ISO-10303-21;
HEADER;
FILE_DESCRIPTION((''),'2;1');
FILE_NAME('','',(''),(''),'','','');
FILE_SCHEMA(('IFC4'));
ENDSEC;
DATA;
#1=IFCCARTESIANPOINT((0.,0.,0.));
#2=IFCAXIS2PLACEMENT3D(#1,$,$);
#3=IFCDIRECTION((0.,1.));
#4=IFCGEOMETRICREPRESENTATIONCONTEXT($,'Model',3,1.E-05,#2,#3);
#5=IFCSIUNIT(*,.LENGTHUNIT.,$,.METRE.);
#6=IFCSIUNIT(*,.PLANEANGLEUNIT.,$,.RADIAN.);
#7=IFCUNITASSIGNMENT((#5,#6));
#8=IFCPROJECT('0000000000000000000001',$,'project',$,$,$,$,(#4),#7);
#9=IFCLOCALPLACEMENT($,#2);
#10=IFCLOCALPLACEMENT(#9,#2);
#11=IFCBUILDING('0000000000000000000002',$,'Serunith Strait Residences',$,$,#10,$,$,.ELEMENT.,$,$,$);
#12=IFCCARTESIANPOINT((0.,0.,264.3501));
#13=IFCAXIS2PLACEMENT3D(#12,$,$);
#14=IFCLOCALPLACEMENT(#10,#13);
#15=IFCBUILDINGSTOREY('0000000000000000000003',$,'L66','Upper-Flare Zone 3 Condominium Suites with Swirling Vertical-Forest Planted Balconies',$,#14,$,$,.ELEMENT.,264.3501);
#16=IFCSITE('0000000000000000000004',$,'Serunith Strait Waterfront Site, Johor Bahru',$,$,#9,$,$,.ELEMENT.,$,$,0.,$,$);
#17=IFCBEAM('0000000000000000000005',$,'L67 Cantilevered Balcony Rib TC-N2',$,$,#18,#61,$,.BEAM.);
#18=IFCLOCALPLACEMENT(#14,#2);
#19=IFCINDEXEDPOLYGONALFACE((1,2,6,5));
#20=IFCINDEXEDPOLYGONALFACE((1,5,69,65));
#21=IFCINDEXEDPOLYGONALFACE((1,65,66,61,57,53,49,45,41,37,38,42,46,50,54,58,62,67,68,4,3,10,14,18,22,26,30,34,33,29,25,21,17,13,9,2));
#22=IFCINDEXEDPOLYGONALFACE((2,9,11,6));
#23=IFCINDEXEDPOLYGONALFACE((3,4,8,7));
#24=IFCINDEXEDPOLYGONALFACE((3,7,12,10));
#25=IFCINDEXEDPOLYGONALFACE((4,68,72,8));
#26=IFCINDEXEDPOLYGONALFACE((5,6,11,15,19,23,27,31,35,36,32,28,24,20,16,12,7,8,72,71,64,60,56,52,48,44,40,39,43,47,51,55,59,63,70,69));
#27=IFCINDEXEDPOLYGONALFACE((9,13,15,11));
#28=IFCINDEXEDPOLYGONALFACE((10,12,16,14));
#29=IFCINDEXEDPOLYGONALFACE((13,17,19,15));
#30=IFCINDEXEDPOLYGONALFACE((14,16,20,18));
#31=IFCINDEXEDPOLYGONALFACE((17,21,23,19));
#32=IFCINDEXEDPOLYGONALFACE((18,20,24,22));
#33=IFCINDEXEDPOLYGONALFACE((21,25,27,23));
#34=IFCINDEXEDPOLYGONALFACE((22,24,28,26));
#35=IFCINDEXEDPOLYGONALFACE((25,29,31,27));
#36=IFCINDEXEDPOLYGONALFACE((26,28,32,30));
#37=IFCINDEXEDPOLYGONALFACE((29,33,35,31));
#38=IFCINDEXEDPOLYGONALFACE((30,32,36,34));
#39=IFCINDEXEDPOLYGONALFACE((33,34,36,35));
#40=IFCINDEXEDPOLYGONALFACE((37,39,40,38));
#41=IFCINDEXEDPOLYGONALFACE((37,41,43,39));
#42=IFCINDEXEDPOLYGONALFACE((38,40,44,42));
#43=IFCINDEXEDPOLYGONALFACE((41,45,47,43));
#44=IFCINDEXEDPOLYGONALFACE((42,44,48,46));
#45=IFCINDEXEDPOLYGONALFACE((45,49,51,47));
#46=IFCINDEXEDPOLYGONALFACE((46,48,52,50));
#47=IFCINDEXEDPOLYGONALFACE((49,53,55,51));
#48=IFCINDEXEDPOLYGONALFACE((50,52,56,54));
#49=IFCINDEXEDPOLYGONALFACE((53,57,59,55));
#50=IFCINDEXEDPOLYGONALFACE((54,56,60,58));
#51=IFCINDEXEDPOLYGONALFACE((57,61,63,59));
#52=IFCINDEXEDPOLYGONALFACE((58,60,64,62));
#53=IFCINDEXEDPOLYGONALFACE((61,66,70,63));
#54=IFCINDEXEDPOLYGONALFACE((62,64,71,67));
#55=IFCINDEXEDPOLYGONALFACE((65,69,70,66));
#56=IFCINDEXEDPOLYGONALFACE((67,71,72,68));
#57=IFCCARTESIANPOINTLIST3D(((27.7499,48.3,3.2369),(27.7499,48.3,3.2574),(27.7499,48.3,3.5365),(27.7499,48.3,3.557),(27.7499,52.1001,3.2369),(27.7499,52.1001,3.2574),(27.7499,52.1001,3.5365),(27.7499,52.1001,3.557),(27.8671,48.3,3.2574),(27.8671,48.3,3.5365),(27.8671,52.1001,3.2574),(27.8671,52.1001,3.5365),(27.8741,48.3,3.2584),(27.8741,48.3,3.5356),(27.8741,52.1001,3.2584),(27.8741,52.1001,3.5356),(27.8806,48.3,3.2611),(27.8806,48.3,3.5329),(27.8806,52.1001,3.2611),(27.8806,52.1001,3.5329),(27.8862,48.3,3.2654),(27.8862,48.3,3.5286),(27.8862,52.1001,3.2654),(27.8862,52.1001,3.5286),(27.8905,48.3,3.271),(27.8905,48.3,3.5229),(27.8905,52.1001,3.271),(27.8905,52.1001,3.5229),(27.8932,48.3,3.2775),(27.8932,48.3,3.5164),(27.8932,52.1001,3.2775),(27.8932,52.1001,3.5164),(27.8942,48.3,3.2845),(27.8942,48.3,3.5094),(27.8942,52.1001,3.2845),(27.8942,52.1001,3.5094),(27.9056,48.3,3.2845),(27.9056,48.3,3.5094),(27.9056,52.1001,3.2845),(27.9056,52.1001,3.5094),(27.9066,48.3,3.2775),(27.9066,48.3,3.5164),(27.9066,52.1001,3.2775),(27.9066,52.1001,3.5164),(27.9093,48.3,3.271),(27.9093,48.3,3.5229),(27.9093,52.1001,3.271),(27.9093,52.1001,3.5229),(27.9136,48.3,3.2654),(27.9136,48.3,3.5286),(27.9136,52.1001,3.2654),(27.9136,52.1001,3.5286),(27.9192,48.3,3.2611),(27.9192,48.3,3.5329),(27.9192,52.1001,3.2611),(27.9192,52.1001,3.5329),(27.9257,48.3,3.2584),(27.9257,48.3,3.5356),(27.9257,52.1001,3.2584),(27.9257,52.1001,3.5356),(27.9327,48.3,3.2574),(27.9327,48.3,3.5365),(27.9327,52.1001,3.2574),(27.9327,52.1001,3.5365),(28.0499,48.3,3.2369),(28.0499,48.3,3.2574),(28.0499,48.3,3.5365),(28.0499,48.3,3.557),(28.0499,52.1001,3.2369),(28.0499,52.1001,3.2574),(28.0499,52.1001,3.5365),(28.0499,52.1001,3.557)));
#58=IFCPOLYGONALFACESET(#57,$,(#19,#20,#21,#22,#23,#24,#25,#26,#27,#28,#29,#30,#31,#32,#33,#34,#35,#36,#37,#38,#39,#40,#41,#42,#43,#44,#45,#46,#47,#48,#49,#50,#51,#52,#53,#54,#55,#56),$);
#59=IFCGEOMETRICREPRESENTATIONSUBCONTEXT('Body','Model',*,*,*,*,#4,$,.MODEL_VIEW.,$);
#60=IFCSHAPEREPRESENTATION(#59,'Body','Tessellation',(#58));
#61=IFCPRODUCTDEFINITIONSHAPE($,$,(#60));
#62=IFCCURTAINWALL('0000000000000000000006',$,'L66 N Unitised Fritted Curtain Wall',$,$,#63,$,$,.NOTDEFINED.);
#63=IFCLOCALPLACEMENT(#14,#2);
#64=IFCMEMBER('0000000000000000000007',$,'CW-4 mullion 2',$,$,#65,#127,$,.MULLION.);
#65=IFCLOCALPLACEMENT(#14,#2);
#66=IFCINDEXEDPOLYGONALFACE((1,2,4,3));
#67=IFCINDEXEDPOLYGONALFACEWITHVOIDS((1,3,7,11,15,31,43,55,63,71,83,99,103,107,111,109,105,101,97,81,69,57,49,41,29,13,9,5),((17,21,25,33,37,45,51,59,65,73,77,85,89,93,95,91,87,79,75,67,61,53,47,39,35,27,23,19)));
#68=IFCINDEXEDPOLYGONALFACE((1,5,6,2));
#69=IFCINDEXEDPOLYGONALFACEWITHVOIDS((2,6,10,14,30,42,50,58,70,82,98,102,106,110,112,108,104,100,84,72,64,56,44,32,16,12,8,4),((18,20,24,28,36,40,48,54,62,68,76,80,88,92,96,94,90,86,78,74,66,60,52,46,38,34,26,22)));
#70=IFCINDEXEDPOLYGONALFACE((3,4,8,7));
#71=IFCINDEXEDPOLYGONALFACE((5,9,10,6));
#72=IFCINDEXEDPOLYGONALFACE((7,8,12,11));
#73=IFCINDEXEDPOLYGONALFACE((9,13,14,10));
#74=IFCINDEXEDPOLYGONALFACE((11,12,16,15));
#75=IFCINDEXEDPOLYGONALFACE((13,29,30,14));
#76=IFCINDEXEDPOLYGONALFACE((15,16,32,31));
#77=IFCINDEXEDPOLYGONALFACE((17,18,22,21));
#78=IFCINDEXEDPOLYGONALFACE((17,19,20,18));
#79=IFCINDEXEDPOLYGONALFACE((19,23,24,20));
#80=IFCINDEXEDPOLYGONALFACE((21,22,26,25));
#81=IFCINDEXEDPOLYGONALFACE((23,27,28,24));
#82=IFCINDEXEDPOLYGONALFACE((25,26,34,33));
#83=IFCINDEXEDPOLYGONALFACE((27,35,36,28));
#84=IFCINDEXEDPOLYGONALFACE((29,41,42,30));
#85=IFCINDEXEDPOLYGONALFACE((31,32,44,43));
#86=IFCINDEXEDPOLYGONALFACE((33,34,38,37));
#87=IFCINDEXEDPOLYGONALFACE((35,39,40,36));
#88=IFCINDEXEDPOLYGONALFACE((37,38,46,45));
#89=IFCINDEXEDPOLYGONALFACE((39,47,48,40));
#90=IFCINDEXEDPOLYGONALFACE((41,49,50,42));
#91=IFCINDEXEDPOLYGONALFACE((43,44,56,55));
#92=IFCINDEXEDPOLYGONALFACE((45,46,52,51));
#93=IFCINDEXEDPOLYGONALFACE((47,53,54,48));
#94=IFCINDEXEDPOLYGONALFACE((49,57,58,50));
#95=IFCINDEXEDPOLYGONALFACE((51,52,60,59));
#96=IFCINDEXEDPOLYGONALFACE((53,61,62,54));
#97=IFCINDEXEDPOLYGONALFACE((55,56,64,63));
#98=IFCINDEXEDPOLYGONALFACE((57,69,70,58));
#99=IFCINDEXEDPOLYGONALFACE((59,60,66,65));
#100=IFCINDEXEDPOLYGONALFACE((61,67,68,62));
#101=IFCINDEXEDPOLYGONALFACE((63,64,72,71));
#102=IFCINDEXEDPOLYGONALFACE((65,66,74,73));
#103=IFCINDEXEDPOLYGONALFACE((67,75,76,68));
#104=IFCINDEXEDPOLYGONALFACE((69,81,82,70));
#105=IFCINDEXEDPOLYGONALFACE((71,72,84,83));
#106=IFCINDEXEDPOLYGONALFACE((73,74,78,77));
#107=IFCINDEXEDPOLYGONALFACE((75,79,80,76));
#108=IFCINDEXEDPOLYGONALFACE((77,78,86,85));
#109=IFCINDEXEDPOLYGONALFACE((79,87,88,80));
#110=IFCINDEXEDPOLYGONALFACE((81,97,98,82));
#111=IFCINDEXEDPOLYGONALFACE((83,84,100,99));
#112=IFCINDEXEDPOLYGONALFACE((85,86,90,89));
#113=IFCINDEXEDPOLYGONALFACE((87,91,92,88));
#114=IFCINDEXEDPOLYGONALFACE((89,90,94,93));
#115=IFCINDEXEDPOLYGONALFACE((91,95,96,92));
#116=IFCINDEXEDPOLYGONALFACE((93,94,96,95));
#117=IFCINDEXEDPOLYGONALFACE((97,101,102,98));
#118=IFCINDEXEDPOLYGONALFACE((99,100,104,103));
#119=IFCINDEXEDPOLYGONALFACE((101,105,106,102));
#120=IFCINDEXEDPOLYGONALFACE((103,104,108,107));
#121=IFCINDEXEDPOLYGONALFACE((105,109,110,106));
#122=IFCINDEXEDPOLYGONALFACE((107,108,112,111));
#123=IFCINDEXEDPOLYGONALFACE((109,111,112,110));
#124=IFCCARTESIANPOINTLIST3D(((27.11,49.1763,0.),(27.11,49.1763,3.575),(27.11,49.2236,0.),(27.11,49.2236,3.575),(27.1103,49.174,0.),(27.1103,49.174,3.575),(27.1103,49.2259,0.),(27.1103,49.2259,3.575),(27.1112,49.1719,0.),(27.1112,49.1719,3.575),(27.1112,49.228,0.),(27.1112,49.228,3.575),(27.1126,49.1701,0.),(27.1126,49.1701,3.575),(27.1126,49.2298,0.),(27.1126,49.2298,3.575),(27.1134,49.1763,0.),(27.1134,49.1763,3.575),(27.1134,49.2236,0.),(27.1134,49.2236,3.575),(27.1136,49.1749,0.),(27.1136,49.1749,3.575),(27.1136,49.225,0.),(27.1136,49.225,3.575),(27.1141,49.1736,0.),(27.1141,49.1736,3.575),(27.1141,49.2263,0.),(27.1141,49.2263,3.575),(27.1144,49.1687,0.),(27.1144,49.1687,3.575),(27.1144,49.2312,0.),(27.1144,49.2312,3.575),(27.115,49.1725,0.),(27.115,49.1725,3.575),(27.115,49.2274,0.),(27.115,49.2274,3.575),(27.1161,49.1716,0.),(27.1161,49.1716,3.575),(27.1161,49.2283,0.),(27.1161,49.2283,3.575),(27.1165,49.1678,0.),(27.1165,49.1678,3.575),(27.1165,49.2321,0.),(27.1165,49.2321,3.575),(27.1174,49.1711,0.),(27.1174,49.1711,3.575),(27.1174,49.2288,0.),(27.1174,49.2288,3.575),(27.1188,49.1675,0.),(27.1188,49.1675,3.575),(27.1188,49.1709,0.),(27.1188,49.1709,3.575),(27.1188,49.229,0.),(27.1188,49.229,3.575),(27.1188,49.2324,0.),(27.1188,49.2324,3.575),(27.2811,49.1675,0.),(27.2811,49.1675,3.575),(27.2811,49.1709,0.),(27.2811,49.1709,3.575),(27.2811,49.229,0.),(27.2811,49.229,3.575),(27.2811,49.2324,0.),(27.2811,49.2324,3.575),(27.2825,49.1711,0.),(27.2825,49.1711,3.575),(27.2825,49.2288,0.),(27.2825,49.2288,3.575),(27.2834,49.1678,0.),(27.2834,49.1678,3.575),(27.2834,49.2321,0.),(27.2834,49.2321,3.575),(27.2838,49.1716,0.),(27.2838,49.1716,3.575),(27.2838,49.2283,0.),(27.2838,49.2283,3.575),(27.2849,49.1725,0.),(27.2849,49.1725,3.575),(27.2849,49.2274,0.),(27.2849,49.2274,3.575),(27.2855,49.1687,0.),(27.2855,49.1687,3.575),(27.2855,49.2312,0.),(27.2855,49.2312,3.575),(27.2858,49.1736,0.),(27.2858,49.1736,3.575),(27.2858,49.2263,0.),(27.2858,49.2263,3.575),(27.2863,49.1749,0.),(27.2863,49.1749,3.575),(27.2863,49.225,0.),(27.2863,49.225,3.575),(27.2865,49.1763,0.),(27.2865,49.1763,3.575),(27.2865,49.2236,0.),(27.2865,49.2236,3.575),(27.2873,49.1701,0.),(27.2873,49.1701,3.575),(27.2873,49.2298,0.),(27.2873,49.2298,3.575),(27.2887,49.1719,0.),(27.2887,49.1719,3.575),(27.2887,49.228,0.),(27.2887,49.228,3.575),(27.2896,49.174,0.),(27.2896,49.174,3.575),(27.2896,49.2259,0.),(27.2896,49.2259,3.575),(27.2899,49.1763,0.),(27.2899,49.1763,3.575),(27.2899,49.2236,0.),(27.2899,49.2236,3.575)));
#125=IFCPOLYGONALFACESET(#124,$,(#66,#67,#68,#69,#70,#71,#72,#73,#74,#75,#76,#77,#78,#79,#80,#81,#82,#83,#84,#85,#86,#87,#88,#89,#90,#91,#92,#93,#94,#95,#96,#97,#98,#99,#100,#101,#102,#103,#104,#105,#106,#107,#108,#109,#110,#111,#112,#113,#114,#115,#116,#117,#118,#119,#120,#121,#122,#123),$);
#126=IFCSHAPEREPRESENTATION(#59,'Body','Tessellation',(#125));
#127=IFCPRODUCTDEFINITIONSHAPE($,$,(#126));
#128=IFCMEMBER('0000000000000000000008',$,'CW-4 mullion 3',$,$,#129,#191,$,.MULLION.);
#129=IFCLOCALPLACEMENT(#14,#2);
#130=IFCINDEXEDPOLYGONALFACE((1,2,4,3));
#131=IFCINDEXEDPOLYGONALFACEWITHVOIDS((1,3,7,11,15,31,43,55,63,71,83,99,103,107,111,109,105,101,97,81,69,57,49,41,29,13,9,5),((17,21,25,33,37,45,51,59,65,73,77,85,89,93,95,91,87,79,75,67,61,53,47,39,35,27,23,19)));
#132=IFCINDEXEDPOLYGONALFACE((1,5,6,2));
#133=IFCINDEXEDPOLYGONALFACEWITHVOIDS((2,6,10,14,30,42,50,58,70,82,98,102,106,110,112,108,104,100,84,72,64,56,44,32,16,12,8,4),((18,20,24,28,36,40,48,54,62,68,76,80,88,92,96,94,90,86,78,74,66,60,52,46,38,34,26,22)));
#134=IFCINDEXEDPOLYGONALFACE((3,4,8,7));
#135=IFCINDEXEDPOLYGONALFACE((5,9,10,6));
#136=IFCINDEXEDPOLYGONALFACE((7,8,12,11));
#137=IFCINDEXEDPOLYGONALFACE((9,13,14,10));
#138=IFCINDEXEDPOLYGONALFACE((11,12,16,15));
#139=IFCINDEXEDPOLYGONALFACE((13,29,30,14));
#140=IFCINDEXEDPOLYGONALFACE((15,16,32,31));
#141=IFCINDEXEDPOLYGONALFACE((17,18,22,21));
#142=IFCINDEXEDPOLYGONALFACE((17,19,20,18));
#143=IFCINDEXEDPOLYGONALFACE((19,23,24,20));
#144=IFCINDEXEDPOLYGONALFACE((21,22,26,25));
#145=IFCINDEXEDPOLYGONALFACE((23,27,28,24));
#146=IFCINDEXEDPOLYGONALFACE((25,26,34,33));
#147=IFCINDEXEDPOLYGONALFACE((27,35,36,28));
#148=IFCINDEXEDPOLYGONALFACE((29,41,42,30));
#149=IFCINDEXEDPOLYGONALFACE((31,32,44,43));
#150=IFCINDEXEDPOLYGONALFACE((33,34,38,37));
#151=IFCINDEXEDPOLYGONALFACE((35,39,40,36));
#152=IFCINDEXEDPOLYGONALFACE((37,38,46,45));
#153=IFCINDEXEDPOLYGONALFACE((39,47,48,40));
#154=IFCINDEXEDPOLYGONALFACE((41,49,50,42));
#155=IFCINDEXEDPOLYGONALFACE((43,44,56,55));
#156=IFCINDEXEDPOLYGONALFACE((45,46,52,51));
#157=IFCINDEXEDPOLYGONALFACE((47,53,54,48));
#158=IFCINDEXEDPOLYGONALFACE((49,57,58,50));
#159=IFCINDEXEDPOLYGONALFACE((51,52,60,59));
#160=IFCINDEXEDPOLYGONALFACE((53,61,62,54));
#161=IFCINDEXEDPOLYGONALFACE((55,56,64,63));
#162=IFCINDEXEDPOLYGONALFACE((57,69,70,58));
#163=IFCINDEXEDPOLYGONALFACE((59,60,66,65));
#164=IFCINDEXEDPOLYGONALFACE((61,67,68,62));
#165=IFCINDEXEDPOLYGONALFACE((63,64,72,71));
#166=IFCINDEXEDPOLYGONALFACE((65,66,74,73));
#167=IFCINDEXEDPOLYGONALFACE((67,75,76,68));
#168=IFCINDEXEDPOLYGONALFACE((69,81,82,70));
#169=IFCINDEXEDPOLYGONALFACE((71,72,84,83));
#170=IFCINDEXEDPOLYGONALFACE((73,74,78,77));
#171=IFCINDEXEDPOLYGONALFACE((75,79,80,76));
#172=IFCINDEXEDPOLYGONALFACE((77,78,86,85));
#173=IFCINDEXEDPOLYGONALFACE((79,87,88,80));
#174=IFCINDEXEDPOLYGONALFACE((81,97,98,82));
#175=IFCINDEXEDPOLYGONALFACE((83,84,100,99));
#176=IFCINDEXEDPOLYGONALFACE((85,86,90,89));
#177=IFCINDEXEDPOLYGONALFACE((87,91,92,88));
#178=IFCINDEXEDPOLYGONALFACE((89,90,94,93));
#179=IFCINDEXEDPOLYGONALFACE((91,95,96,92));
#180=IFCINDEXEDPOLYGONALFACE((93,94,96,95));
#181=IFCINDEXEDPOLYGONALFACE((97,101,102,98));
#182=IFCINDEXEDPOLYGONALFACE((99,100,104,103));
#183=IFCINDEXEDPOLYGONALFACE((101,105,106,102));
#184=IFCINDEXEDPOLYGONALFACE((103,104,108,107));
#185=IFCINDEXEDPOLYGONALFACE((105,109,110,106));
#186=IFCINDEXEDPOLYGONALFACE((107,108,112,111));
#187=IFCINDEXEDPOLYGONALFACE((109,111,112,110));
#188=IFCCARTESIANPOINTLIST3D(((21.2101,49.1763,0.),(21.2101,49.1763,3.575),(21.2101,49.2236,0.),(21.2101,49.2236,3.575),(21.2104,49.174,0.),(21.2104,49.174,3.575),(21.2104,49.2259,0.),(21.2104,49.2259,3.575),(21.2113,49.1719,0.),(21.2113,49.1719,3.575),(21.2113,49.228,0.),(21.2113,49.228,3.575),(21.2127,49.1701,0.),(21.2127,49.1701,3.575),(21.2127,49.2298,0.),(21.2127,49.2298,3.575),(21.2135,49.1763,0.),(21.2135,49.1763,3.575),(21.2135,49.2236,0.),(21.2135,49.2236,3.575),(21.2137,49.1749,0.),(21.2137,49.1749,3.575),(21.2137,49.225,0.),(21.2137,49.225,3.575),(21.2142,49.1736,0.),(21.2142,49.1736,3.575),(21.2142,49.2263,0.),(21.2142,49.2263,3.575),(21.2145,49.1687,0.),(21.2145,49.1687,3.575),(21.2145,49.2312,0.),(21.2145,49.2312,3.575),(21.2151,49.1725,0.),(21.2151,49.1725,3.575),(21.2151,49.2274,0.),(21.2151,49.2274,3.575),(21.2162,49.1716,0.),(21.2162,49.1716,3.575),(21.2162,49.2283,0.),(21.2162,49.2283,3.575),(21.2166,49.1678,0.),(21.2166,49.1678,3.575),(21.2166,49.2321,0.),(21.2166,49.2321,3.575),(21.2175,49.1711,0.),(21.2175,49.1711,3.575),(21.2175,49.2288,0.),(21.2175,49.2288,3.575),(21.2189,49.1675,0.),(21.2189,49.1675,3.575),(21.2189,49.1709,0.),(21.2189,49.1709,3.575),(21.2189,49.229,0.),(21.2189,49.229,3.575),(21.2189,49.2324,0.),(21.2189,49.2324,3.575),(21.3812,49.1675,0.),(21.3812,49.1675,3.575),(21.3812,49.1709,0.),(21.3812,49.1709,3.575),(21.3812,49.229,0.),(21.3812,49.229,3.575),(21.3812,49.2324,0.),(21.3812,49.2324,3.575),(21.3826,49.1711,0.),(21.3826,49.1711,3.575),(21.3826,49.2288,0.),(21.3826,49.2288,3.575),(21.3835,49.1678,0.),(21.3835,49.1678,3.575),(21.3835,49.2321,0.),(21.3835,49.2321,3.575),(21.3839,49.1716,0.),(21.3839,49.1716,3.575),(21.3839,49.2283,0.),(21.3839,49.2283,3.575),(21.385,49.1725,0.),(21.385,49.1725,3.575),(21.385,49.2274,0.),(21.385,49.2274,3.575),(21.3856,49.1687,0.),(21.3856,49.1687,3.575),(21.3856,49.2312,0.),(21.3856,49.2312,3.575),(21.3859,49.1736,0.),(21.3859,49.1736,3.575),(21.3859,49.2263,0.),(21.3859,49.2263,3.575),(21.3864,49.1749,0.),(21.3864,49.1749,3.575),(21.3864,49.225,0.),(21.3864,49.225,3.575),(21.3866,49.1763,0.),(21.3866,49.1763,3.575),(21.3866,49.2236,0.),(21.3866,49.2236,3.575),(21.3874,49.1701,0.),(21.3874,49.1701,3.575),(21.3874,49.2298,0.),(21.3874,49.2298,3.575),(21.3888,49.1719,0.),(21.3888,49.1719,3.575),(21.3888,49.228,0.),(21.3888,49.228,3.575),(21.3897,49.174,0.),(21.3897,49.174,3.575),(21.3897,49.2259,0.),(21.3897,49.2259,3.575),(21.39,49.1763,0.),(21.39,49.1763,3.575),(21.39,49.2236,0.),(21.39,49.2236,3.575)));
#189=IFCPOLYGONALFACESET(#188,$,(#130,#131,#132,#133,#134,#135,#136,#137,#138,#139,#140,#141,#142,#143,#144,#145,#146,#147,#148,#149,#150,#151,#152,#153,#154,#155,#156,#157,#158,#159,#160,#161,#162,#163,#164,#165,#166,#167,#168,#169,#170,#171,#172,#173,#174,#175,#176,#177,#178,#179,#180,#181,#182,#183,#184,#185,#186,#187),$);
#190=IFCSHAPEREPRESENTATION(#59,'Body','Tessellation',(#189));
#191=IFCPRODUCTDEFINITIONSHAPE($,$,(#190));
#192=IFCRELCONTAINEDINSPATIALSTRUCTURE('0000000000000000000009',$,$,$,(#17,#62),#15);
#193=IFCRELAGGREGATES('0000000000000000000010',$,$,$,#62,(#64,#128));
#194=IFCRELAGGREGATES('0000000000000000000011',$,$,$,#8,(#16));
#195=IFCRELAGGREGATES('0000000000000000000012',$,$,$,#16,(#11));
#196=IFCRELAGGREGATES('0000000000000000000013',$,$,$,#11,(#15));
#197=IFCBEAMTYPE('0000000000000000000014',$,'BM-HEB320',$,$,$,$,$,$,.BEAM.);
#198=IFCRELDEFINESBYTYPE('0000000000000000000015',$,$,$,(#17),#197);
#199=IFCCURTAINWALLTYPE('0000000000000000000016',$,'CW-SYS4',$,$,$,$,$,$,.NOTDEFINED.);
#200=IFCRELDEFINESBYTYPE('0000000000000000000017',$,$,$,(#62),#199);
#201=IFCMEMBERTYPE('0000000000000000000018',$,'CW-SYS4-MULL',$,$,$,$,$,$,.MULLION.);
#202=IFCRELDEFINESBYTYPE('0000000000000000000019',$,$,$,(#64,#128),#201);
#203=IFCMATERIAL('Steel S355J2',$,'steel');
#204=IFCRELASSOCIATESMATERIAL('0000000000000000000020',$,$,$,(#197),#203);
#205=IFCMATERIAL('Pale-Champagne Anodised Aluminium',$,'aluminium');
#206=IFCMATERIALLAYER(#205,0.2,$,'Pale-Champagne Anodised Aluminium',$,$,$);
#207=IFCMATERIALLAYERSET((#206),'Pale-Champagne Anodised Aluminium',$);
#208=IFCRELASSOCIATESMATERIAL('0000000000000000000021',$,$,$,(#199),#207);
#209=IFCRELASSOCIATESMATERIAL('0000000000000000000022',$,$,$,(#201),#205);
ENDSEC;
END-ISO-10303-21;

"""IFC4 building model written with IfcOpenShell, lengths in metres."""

from ifc_helpers import new_model, si_unit, direction, frame, origin, origin_2d, place, context, subcontext, project, spatial, hollow_rectangle, i_section, extrude, source, transform, mapped, material, layer, layer_set, material_profile, profile_set, type_object, element, aggregate, save


model = new_model("IFC4")

# Units and contexts
model_context = context("Model", 3, precision=1e-05, world=origin(), true_north=direction((0.0, 1.0)))
body_context = subcontext(model_context, "Body", "Model", "MODEL_VIEW")
ifc_project = project(units=[si_unit("LENGTHUNIT", "METRE"), si_unit("PLANEANGLEUNIT", "RADIAN")], contexts=[model_context])

# Site, building, storey
site_placement = place(None, origin())
site = spatial("IfcSite", under=ifc_project, at=site_placement, Name="Serunith Strait Waterfront Site, Johor Bahru", CompositionType="ELEMENT", RefElevation=0.0)
building_placement = place(site_placement, origin())
building = spatial("IfcBuilding", under=site, at=building_placement, Name="Serunith Strait Residences", CompositionType="ELEMENT")
storey_placement = place(building_placement, frame((0.0, 0.0, 264.3501)))
storey = spatial("IfcBuildingStorey", under=building, at=storey_placement, Name="L66", Description="Upper-Flare Zone 3 Condominium Suites with Swirling Vertical-Forest Planted Balconies", CompositionType="ELEMENT", Elevation=264.3501)

# Beam
ifc_material_1 = material(Name="Steel S355J2", Category="steel")
ifc_material_profile_1 = material_profile(ifc_material_1, i_section(OverallWidth=0.3, OverallDepth=0.3201, WebThickness=0.0115, FlangeThickness=0.0205, FilletRadius=0.0271, at=origin_2d()), Name="HEB 320")
ifc_profile_set_1 = profile_set([ifc_material_profile_1], Name="Steel S355J2")
beam_type_1 = type_object("IfcBeamType", Name="BM-HEB320", PredefinedType="BEAM", material=ifc_profile_set_1)
shared_shape_1 = source(origin(), body_context, "Body", "SweptSolid", [
    extrude(i_section(OverallWidth=0.3, OverallDepth=0.3201, WebThickness=0.0115, FlangeThickness=0.0205, FilletRadius=0.0271, at=origin_2d()), origin(), (0.0, 0.0, 1.0), 3.8),
])
beam_1_placement = place(storey_placement, frame((27.8999, 48.3, 3.397), z_axis=(0.0, 1.0, 0.0), x_axis=(-1.0, 0.0, 0.0)))
element("IfcBeam", 1, at=beam_1_placement, inside=storey, type_object=beam_type_1, Name="L67 Cantilevered Balcony Rib TC-N2", PredefinedType="BEAM", context=body_context, shape_type="MappedRepresentation", body=[
    mapped(shared_shape_1, transform((0.0, 0.0, 0.0), scale=1.0)),
])

# Curtain wall, members
ifc_material_2 = material(Name="Pale-Champagne Anodised Aluminium", Category="aluminium")
ifc_layer_1 = layer(ifc_material_2, 0.2, Name="Pale-Champagne Anodised Aluminium")
ifc_layer_set_1 = layer_set([ifc_layer_1], Name="Pale-Champagne Anodised Aluminium")
curtain_wall_type = type_object("IfcCurtainWallType", Name="CW-SYS4", PredefinedType="NOTDEFINED", material=ifc_layer_set_1)
curtain_wall_placement = place(storey_placement, origin())
curtain_wall = element("IfcCurtainWall", 2, at=curtain_wall_placement, inside=storey, type_object=curtain_wall_type, Name="L66 N Unitised Fritted Curtain Wall", PredefinedType="NOTDEFINED")
ifc_material_profile_2 = material_profile(ifc_material_2, hollow_rectangle(XDim=0.0649, YDim=0.1799, WallThickness=0.0034, InnerFilletRadius=0.0054, OuterFilletRadius=0.0088, at=origin_2d()), Name="ALU 180x65x3.5")
ifc_profile_set_2 = profile_set([ifc_material_profile_2], Name="Pale-Champagne Anodised Aluminium")
member_type_1 = type_object("IfcMemberType", Name="CW-SYS4-MULL", PredefinedType="MULLION", material=ifc_profile_set_2)
shared_shape_2 = source(origin(), body_context, "Body", "SweptSolid", [
    extrude(hollow_rectangle(XDim=0.0649, YDim=0.1799, WallThickness=0.0034, InnerFilletRadius=0.0054, OuterFilletRadius=0.0088, at=origin_2d()), origin(), (0.0, 0.0, 1.0), 3.575),
])
member_1_placement = place(storey_placement, frame((27.2, 49.2, 0.0), z_axis=(0.0, 0.0, 1.0), x_axis=(0.0, -1.0, 0.0)))
member_1 = element("IfcMember", 3, at=member_1_placement, type_object=member_type_1, Name="CW-4 mullion 2", PredefinedType="MULLION", context=body_context, shape_type="MappedRepresentation", body=[
    mapped(shared_shape_2, transform((0.0, 0.0, 0.0), scale=1.0)),
])
member_2_placement = place(storey_placement, frame((21.3, 49.2, 0.0), z_axis=(0.0, 0.0, 1.0), x_axis=(0.0, -1.0, 0.0)))
member_2 = element("IfcMember", 4, at=member_2_placement, type_object=member_type_1, Name="CW-4 mullion 3", PredefinedType="MULLION", context=body_context, shape_type="MappedRepresentation", body=[
    mapped(shared_shape_2, transform((0.0, 0.0, 0.0), scale=1.0)),
])
aggregate(curtain_wall, [member_1, member_2])

save(model, "model.ifc")
